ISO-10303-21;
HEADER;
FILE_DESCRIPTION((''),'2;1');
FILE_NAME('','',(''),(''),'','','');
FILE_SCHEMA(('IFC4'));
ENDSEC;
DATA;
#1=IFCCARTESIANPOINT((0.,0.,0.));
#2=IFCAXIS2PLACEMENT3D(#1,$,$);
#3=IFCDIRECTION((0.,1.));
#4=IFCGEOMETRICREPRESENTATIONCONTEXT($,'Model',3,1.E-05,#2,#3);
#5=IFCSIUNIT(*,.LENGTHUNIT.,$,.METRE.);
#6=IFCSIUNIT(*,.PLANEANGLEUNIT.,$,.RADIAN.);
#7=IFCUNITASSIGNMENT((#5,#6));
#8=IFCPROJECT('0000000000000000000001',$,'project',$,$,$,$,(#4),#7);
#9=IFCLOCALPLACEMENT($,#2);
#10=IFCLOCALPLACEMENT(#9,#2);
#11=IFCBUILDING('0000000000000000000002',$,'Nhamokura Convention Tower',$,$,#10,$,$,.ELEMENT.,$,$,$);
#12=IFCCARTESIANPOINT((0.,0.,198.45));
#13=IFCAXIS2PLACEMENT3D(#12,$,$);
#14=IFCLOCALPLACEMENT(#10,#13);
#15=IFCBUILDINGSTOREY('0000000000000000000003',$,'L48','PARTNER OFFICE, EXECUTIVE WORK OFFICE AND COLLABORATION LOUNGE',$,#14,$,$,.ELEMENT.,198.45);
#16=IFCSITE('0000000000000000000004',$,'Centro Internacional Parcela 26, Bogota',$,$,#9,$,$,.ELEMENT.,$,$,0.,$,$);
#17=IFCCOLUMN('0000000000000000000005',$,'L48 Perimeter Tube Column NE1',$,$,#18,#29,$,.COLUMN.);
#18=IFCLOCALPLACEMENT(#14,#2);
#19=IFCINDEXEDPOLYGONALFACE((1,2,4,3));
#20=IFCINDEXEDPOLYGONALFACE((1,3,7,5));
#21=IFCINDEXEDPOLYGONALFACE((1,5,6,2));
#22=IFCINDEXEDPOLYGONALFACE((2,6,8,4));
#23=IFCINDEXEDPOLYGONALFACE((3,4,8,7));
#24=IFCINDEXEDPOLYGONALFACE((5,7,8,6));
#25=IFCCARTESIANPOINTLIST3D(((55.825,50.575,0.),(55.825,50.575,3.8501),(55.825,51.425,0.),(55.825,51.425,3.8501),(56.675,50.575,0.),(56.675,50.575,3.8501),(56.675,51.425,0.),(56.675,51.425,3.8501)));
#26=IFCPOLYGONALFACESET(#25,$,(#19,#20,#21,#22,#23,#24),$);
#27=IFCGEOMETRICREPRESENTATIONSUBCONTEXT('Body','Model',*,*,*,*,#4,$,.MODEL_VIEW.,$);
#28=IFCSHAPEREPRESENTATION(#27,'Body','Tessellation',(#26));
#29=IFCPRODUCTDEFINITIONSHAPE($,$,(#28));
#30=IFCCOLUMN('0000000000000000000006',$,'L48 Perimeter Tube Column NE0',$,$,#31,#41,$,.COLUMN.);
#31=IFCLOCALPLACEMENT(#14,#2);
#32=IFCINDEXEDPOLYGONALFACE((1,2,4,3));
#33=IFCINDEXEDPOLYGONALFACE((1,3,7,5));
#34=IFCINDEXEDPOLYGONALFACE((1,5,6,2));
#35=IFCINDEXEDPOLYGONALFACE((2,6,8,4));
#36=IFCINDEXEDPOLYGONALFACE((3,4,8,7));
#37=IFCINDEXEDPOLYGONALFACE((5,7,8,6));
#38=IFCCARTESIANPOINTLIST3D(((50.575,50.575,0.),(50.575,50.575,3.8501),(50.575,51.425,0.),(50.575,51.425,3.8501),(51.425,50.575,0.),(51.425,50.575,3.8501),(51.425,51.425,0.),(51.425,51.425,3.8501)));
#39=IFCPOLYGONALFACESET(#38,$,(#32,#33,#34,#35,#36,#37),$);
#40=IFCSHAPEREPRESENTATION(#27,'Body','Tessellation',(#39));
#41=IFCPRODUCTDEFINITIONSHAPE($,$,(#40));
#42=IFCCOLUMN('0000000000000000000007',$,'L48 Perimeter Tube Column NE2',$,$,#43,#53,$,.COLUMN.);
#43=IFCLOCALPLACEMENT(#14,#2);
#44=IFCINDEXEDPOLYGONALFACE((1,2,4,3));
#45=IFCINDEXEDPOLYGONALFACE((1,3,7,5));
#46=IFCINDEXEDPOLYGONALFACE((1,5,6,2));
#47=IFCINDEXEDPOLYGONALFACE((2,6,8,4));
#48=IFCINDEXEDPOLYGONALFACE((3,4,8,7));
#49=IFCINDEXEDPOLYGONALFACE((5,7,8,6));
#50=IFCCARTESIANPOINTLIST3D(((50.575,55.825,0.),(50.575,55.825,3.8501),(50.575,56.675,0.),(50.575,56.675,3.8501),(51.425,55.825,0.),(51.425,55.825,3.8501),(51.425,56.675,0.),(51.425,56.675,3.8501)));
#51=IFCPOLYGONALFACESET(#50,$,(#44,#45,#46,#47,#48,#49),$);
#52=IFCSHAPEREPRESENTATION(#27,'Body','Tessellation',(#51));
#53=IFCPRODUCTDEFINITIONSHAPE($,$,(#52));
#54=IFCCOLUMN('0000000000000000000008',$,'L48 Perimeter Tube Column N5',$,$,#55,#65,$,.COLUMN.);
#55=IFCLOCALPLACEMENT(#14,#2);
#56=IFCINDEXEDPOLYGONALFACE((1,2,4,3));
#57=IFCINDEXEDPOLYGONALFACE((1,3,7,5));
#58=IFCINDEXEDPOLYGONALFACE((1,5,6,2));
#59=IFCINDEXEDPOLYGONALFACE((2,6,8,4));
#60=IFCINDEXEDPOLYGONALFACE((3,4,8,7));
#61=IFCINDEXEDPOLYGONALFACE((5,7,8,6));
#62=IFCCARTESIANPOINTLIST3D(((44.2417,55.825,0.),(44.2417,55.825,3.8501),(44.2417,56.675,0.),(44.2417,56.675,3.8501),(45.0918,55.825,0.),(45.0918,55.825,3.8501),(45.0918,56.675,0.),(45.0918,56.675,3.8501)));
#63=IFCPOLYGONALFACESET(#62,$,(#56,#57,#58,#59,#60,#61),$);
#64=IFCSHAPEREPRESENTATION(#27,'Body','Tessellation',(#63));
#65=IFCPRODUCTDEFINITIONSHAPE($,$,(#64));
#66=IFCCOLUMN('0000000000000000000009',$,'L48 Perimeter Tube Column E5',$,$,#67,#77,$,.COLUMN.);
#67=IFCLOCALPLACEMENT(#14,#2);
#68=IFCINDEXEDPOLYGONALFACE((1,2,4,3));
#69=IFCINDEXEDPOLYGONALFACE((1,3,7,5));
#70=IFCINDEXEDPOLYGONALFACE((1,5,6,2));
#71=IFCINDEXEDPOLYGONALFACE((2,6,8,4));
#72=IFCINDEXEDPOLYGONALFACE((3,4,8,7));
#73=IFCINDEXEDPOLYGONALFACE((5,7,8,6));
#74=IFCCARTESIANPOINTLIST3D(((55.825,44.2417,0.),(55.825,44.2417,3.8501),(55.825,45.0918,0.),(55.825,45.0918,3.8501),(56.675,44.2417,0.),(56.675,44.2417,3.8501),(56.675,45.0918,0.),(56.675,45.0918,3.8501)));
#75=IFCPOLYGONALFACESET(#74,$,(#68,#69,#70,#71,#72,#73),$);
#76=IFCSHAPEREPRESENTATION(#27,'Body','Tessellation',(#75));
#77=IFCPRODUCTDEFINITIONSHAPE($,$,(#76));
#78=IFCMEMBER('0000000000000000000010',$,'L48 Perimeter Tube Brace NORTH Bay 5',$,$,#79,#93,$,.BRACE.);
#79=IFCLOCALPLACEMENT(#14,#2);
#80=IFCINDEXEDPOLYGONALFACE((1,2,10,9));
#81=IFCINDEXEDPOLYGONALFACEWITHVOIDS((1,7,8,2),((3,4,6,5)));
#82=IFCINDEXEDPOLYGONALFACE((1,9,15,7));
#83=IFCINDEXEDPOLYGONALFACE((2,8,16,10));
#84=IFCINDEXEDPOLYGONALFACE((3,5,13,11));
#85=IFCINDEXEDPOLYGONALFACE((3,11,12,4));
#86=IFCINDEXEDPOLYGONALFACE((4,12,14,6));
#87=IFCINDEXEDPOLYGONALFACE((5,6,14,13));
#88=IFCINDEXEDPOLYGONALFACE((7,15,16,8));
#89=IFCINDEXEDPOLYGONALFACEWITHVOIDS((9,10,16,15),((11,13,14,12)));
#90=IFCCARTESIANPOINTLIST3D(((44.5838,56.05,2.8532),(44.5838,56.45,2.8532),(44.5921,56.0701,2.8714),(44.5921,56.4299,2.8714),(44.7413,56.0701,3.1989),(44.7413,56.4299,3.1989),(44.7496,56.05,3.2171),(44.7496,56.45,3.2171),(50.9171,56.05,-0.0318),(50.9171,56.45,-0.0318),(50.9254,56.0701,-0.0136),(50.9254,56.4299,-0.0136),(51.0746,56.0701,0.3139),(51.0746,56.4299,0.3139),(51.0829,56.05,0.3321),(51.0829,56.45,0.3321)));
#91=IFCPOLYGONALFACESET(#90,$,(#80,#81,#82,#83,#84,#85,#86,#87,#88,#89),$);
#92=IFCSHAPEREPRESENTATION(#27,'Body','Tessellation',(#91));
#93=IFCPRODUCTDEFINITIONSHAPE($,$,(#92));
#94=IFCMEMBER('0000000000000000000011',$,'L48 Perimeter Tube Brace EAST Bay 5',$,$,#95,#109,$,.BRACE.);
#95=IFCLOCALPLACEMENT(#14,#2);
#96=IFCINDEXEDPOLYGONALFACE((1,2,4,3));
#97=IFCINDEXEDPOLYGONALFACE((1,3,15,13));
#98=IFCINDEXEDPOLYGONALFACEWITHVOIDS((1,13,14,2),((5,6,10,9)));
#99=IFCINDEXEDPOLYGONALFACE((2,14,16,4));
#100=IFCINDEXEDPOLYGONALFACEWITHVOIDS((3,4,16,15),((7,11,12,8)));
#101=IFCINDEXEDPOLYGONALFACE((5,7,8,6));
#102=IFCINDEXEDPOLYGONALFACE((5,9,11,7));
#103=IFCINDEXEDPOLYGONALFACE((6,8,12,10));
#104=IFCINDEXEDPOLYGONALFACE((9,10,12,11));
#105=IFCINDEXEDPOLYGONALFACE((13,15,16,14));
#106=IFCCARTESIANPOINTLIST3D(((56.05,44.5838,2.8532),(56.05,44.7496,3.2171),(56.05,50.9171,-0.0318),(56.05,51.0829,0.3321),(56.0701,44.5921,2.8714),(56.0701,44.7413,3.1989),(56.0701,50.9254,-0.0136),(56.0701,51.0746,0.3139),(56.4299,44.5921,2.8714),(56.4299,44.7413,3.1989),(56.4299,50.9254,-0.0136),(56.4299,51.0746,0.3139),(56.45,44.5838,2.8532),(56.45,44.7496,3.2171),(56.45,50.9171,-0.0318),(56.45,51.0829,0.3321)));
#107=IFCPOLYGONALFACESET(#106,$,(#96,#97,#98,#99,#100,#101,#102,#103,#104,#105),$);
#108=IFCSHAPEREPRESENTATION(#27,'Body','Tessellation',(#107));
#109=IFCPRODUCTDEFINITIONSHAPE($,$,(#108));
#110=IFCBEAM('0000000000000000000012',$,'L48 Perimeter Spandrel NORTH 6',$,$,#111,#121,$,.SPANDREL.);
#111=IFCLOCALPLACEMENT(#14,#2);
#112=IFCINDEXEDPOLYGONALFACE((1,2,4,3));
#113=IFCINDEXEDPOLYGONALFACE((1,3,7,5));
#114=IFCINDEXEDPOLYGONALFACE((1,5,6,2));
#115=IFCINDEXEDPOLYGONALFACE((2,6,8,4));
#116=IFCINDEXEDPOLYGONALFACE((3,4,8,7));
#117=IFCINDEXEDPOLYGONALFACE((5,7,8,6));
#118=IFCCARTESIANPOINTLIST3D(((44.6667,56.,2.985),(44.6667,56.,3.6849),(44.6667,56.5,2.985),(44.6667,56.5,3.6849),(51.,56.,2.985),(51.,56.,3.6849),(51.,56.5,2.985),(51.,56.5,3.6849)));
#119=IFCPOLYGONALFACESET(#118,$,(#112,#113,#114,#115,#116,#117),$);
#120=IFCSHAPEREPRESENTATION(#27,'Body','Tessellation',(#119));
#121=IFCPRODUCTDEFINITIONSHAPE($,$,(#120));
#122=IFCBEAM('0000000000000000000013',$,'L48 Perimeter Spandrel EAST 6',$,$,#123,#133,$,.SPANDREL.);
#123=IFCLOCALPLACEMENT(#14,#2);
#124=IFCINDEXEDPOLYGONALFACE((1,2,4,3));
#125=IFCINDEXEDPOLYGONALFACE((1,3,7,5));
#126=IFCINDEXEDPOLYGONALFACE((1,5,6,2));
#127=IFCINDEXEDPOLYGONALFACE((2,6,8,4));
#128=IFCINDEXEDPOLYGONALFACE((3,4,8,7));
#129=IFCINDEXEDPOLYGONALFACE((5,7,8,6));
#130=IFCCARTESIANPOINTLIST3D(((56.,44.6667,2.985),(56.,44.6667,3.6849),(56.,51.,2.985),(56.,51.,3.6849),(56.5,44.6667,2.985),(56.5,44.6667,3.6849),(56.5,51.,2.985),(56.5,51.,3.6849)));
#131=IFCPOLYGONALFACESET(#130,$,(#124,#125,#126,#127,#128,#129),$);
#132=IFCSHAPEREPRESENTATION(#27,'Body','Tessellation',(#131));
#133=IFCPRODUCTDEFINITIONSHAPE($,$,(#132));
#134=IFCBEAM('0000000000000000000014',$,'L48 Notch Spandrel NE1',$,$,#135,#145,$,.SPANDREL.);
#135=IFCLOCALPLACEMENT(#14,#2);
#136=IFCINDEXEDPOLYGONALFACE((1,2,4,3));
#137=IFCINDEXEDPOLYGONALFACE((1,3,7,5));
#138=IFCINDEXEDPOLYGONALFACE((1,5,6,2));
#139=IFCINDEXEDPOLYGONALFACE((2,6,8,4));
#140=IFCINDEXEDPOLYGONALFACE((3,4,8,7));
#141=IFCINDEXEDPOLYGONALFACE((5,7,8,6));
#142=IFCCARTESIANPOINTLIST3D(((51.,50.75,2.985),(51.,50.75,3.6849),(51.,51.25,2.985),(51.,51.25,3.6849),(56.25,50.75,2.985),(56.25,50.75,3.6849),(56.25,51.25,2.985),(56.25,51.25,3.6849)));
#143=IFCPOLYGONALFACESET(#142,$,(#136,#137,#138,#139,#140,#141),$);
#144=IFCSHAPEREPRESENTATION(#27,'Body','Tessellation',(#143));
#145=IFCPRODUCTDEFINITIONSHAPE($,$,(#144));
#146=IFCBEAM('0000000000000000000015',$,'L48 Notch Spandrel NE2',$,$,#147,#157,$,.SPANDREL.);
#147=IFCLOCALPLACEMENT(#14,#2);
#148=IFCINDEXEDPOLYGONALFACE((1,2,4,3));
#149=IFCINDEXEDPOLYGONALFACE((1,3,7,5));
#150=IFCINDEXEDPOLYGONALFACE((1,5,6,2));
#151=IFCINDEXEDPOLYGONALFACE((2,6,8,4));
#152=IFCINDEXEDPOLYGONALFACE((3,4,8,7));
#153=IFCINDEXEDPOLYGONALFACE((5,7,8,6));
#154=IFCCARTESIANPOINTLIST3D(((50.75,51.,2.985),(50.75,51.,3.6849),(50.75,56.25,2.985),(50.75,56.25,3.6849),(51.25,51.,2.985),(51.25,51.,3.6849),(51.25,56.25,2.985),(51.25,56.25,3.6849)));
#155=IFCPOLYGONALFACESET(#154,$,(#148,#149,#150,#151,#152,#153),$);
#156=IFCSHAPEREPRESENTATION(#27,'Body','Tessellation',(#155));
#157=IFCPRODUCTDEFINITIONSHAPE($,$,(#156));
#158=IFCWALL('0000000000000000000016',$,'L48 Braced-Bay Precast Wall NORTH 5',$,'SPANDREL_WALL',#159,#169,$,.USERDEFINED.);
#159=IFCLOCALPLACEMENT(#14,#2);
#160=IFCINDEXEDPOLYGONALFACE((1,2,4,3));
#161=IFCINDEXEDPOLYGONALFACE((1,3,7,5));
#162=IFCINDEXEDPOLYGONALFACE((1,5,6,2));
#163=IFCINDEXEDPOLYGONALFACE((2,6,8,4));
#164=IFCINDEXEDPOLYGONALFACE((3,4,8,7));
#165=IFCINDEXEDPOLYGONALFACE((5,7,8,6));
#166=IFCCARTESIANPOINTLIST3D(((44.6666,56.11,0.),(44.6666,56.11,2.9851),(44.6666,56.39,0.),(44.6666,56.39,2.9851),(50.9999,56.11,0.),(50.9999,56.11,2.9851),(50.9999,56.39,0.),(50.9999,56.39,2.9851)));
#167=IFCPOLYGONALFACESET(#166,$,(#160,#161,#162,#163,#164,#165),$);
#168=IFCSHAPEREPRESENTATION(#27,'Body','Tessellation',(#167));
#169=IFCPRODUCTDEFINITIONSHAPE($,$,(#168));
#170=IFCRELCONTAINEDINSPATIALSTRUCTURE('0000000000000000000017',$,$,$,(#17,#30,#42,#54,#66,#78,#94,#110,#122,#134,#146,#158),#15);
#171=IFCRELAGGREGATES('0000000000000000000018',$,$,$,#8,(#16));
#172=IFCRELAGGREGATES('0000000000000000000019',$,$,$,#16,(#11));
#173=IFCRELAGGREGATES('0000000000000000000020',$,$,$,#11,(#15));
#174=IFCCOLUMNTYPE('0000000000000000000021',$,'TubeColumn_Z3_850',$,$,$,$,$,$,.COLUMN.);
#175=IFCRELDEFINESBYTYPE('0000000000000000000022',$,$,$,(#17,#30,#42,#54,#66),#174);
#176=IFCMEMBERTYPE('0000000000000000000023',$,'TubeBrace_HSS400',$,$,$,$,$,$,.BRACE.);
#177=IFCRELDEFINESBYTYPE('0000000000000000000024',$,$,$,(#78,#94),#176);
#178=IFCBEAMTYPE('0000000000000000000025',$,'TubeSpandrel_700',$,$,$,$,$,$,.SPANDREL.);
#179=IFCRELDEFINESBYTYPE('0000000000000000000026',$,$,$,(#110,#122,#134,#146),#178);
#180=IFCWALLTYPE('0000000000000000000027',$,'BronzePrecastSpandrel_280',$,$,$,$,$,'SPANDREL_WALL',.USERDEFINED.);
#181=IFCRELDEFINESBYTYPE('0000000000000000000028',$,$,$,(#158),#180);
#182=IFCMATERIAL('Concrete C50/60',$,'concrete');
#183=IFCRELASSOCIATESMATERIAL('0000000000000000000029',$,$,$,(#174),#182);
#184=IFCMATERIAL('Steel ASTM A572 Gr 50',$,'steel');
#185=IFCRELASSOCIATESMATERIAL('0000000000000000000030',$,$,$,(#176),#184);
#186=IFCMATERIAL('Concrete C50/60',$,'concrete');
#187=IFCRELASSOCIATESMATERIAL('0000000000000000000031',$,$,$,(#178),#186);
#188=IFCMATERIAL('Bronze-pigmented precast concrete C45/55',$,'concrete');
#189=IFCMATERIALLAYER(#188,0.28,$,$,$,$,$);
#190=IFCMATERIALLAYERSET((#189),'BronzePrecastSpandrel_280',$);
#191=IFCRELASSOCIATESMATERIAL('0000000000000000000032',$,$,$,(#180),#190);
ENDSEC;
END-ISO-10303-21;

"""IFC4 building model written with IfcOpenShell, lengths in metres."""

from ifc_helpers import new_model, si_unit, direction, frame, frame_2d, origin, origin_2d, place, context, subcontext, project, spatial, rectangle, hollow_rectangle, extrude, material, layer, layer_set, material_profile, profile_set, type_object, element, save


model = new_model("IFC4")

# Units and contexts
model_context = context("Model", 3, precision=1e-05, world=origin(), true_north=direction((0.0, 1.0)))
body_context = subcontext(model_context, "Body", "Model", "MODEL_VIEW")
ifc_project = project(units=[si_unit("LENGTHUNIT", "METRE"), si_unit("PLANEANGLEUNIT", "RADIAN")], contexts=[model_context])

# Site, building, storey
site_placement = place(None, origin())
site = spatial("IfcSite", under=ifc_project, at=site_placement, Name="Centro Internacional Parcela 26, Bogota", CompositionType="ELEMENT", RefElevation=0.0)
building_placement = place(site_placement, origin())
building = spatial("IfcBuilding", under=site, at=building_placement, Name="Nhamokura Convention Tower", CompositionType="ELEMENT")
storey_placement = place(building_placement, frame((0.0, 0.0, 198.45)))
storey = spatial("IfcBuildingStorey", under=building, at=storey_placement, Name="L48", Description="PARTNER OFFICE, EXECUTIVE WORK OFFICE AND COLLABORATION LOUNGE", CompositionType="ELEMENT", Elevation=198.45)

# Columns
ifc_material_1 = material(Name="Concrete C50/60", Category="concrete")
ifc_material_profile_1 = material_profile(ifc_material_1, rectangle(XDim=0.8501, YDim=0.8501, at=origin_2d()))
ifc_profile_set_1 = profile_set([ifc_material_profile_1], Name="Concrete C50/60")
column_type = type_object("IfcColumnType", Name="TubeColumn_Z3_850", PredefinedType="COLUMN", material=ifc_profile_set_1)
for number, where, z_axis, x_axis, name in (
    (1, (56.25, 51.0, 0.0), (0.0, 0.0, 1.0), (1.0, 0.0, 0.0), "L48 Perimeter Tube Column NE1"),
    (2, (51.0, 51.0, 0.0), (0.0, 0.0, 1.0), (1.0, 0.0, 0.0), "L48 Perimeter Tube Column NE0"),
    (3, (51.0, 56.25, 0.0), (0.0, 0.0, 1.0), (1.0, 0.0, 0.0), "L48 Perimeter Tube Column NE2"),
    (4, (44.6667, 56.25, 0.0), (0.0, 0.0, 1.0), (1.0, 0.0, 0.0), "L48 Perimeter Tube Column N5"),
    (5, (56.25, 44.6667, 0.0), (0.0, 0.0, 1.0), (1.0, 0.0, 0.0), "L48 Perimeter Tube Column E5"),
):
    element("IfcColumn", number, at=place(storey_placement, frame(where, z_axis=z_axis, x_axis=x_axis)), inside=storey, type_object=column_type, Name=name, PredefinedType="COLUMN", context=body_context, shape_type="SweptSolid", body=[
        extrude(rectangle(XDim=0.8501, YDim=0.8501, at=origin_2d()), origin(), (0.0, 0.0, 1.0), 3.8501),
    ])

# Members
ifc_material_2 = material(Name="Steel ASTM A572 Gr 50", Category="steel")
ifc_material_profile_2 = material_profile(ifc_material_2, hollow_rectangle(XDim=0.3999, YDim=0.3999, WallThickness=0.02, at=origin_2d()))
ifc_profile_set_2 = profile_set([ifc_material_profile_2], Name="Steel ASTM A572 Gr 50")
member_type = type_object("IfcMemberType", Name="TubeBrace_HSS400", PredefinedType="BRACE", material=ifc_profile_set_2)
for number, where, z_axis, x_axis, name in (
    (6, (51.0, 56.25, 0.1501), (-0.910027, 0.0, 0.414548), (0.0, -1.0, 0.0), "L48 Perimeter Tube Brace NORTH Bay 5"),
    (7, (56.25, 51.0, 0.1501), (0.0, -0.910027, 0.414548), (1.0, 0.0, 0.0), "L48 Perimeter Tube Brace EAST Bay 5"),
):
    element("IfcMember", number, at=place(storey_placement, frame(where, z_axis=z_axis, x_axis=x_axis)), inside=storey, type_object=member_type, Name=name, PredefinedType="BRACE", context=body_context, shape_type="SweptSolid", body=[
        extrude(hollow_rectangle(XDim=0.3999, YDim=0.3999, WallThickness=0.02, at=origin_2d()), origin(), (0.0, 0.0, 1.0), 6.9595),
    ])

# Beams
ifc_material_3 = material(Name="Concrete C50/60", Category="concrete")
ifc_material_profile_3 = material_profile(ifc_material_3, rectangle(XDim=0.5, YDim=0.7, at=origin_2d()))
ifc_profile_set_3 = profile_set([ifc_material_profile_3], Name="Concrete C50/60")
beam_type = type_object("IfcBeamType", Name="TubeSpandrel_700", PredefinedType="SPANDREL", material=ifc_profile_set_3)
for number, where, z_axis, x_axis, name in (
    (8, (44.6667, 56.25, 3.335), (1.0, 0.0, 0.0), (0.0, 1.0, 0.0), "L48 Perimeter Spandrel NORTH 6"),
    (9, (56.25, 44.6667, 3.335), (0.0, 1.0, 0.0), (-1.0, 0.0, 0.0), "L48 Perimeter Spandrel EAST 6"),
):
    element("IfcBeam", number, at=place(storey_placement, frame(where, z_axis=z_axis, x_axis=x_axis)), inside=storey, type_object=beam_type, Name=name, PredefinedType="SPANDREL", context=body_context, shape_type="SweptSolid", body=[
        extrude(rectangle(XDim=0.5, YDim=0.7, at=origin_2d()), origin(), (0.0, 0.0, 1.0), 6.3333),
    ])
for number, where, z_axis, x_axis, name in (
    (10, (56.25, 51.0, 3.335), (-1.0, 0.0, 0.0), (0.0, -1.0, 0.0), "L48 Notch Spandrel NE1"),
    (11, (51.0, 51.0, 3.335), (0.0, 1.0, 0.0), (-1.0, 0.0, 0.0), "L48 Notch Spandrel NE2"),
):
    element("IfcBeam", number, at=place(storey_placement, frame(where, z_axis=z_axis, x_axis=x_axis)), inside=storey, type_object=beam_type, Name=name, PredefinedType="SPANDREL", context=body_context, shape_type="SweptSolid", body=[
        extrude(rectangle(XDim=0.5, YDim=0.7, at=origin_2d()), origin(), (0.0, 0.0, 1.0), 5.25),
    ])

# Wall
ifc_material_4 = material(Name="Bronze-pigmented precast concrete C45/55", Category="concrete")
ifc_layer = layer(ifc_material_4, 0.28)
ifc_layer_set = layer_set([ifc_layer], Name="BronzePrecastSpandrel_280")
wall_type = type_object("IfcWallType", Name="BronzePrecastSpandrel_280", ElementType="SPANDREL_WALL", PredefinedType="USERDEFINED", material=ifc_layer_set)
wall_1_placement = place(storey_placement, frame((44.6667, 56.25, 0.0), z_axis=(0.0, 0.0, 1.0), x_axis=(1.0, 0.0, 0.0)))
element("IfcWall", 12, at=wall_1_placement, inside=storey, type_object=wall_type, Name="L48 Braced-Bay Precast Wall NORTH 5", ObjectType="SPANDREL_WALL", PredefinedType="USERDEFINED", context=body_context, shape_type="SweptSolid", body=[
    extrude(rectangle(XDim=6.3333, YDim=0.28, at=frame_2d((3.1665, 0.0))), origin(), (0.0, 0.0, 1.0), 2.9851),
])

save(model, "model.ifc")
